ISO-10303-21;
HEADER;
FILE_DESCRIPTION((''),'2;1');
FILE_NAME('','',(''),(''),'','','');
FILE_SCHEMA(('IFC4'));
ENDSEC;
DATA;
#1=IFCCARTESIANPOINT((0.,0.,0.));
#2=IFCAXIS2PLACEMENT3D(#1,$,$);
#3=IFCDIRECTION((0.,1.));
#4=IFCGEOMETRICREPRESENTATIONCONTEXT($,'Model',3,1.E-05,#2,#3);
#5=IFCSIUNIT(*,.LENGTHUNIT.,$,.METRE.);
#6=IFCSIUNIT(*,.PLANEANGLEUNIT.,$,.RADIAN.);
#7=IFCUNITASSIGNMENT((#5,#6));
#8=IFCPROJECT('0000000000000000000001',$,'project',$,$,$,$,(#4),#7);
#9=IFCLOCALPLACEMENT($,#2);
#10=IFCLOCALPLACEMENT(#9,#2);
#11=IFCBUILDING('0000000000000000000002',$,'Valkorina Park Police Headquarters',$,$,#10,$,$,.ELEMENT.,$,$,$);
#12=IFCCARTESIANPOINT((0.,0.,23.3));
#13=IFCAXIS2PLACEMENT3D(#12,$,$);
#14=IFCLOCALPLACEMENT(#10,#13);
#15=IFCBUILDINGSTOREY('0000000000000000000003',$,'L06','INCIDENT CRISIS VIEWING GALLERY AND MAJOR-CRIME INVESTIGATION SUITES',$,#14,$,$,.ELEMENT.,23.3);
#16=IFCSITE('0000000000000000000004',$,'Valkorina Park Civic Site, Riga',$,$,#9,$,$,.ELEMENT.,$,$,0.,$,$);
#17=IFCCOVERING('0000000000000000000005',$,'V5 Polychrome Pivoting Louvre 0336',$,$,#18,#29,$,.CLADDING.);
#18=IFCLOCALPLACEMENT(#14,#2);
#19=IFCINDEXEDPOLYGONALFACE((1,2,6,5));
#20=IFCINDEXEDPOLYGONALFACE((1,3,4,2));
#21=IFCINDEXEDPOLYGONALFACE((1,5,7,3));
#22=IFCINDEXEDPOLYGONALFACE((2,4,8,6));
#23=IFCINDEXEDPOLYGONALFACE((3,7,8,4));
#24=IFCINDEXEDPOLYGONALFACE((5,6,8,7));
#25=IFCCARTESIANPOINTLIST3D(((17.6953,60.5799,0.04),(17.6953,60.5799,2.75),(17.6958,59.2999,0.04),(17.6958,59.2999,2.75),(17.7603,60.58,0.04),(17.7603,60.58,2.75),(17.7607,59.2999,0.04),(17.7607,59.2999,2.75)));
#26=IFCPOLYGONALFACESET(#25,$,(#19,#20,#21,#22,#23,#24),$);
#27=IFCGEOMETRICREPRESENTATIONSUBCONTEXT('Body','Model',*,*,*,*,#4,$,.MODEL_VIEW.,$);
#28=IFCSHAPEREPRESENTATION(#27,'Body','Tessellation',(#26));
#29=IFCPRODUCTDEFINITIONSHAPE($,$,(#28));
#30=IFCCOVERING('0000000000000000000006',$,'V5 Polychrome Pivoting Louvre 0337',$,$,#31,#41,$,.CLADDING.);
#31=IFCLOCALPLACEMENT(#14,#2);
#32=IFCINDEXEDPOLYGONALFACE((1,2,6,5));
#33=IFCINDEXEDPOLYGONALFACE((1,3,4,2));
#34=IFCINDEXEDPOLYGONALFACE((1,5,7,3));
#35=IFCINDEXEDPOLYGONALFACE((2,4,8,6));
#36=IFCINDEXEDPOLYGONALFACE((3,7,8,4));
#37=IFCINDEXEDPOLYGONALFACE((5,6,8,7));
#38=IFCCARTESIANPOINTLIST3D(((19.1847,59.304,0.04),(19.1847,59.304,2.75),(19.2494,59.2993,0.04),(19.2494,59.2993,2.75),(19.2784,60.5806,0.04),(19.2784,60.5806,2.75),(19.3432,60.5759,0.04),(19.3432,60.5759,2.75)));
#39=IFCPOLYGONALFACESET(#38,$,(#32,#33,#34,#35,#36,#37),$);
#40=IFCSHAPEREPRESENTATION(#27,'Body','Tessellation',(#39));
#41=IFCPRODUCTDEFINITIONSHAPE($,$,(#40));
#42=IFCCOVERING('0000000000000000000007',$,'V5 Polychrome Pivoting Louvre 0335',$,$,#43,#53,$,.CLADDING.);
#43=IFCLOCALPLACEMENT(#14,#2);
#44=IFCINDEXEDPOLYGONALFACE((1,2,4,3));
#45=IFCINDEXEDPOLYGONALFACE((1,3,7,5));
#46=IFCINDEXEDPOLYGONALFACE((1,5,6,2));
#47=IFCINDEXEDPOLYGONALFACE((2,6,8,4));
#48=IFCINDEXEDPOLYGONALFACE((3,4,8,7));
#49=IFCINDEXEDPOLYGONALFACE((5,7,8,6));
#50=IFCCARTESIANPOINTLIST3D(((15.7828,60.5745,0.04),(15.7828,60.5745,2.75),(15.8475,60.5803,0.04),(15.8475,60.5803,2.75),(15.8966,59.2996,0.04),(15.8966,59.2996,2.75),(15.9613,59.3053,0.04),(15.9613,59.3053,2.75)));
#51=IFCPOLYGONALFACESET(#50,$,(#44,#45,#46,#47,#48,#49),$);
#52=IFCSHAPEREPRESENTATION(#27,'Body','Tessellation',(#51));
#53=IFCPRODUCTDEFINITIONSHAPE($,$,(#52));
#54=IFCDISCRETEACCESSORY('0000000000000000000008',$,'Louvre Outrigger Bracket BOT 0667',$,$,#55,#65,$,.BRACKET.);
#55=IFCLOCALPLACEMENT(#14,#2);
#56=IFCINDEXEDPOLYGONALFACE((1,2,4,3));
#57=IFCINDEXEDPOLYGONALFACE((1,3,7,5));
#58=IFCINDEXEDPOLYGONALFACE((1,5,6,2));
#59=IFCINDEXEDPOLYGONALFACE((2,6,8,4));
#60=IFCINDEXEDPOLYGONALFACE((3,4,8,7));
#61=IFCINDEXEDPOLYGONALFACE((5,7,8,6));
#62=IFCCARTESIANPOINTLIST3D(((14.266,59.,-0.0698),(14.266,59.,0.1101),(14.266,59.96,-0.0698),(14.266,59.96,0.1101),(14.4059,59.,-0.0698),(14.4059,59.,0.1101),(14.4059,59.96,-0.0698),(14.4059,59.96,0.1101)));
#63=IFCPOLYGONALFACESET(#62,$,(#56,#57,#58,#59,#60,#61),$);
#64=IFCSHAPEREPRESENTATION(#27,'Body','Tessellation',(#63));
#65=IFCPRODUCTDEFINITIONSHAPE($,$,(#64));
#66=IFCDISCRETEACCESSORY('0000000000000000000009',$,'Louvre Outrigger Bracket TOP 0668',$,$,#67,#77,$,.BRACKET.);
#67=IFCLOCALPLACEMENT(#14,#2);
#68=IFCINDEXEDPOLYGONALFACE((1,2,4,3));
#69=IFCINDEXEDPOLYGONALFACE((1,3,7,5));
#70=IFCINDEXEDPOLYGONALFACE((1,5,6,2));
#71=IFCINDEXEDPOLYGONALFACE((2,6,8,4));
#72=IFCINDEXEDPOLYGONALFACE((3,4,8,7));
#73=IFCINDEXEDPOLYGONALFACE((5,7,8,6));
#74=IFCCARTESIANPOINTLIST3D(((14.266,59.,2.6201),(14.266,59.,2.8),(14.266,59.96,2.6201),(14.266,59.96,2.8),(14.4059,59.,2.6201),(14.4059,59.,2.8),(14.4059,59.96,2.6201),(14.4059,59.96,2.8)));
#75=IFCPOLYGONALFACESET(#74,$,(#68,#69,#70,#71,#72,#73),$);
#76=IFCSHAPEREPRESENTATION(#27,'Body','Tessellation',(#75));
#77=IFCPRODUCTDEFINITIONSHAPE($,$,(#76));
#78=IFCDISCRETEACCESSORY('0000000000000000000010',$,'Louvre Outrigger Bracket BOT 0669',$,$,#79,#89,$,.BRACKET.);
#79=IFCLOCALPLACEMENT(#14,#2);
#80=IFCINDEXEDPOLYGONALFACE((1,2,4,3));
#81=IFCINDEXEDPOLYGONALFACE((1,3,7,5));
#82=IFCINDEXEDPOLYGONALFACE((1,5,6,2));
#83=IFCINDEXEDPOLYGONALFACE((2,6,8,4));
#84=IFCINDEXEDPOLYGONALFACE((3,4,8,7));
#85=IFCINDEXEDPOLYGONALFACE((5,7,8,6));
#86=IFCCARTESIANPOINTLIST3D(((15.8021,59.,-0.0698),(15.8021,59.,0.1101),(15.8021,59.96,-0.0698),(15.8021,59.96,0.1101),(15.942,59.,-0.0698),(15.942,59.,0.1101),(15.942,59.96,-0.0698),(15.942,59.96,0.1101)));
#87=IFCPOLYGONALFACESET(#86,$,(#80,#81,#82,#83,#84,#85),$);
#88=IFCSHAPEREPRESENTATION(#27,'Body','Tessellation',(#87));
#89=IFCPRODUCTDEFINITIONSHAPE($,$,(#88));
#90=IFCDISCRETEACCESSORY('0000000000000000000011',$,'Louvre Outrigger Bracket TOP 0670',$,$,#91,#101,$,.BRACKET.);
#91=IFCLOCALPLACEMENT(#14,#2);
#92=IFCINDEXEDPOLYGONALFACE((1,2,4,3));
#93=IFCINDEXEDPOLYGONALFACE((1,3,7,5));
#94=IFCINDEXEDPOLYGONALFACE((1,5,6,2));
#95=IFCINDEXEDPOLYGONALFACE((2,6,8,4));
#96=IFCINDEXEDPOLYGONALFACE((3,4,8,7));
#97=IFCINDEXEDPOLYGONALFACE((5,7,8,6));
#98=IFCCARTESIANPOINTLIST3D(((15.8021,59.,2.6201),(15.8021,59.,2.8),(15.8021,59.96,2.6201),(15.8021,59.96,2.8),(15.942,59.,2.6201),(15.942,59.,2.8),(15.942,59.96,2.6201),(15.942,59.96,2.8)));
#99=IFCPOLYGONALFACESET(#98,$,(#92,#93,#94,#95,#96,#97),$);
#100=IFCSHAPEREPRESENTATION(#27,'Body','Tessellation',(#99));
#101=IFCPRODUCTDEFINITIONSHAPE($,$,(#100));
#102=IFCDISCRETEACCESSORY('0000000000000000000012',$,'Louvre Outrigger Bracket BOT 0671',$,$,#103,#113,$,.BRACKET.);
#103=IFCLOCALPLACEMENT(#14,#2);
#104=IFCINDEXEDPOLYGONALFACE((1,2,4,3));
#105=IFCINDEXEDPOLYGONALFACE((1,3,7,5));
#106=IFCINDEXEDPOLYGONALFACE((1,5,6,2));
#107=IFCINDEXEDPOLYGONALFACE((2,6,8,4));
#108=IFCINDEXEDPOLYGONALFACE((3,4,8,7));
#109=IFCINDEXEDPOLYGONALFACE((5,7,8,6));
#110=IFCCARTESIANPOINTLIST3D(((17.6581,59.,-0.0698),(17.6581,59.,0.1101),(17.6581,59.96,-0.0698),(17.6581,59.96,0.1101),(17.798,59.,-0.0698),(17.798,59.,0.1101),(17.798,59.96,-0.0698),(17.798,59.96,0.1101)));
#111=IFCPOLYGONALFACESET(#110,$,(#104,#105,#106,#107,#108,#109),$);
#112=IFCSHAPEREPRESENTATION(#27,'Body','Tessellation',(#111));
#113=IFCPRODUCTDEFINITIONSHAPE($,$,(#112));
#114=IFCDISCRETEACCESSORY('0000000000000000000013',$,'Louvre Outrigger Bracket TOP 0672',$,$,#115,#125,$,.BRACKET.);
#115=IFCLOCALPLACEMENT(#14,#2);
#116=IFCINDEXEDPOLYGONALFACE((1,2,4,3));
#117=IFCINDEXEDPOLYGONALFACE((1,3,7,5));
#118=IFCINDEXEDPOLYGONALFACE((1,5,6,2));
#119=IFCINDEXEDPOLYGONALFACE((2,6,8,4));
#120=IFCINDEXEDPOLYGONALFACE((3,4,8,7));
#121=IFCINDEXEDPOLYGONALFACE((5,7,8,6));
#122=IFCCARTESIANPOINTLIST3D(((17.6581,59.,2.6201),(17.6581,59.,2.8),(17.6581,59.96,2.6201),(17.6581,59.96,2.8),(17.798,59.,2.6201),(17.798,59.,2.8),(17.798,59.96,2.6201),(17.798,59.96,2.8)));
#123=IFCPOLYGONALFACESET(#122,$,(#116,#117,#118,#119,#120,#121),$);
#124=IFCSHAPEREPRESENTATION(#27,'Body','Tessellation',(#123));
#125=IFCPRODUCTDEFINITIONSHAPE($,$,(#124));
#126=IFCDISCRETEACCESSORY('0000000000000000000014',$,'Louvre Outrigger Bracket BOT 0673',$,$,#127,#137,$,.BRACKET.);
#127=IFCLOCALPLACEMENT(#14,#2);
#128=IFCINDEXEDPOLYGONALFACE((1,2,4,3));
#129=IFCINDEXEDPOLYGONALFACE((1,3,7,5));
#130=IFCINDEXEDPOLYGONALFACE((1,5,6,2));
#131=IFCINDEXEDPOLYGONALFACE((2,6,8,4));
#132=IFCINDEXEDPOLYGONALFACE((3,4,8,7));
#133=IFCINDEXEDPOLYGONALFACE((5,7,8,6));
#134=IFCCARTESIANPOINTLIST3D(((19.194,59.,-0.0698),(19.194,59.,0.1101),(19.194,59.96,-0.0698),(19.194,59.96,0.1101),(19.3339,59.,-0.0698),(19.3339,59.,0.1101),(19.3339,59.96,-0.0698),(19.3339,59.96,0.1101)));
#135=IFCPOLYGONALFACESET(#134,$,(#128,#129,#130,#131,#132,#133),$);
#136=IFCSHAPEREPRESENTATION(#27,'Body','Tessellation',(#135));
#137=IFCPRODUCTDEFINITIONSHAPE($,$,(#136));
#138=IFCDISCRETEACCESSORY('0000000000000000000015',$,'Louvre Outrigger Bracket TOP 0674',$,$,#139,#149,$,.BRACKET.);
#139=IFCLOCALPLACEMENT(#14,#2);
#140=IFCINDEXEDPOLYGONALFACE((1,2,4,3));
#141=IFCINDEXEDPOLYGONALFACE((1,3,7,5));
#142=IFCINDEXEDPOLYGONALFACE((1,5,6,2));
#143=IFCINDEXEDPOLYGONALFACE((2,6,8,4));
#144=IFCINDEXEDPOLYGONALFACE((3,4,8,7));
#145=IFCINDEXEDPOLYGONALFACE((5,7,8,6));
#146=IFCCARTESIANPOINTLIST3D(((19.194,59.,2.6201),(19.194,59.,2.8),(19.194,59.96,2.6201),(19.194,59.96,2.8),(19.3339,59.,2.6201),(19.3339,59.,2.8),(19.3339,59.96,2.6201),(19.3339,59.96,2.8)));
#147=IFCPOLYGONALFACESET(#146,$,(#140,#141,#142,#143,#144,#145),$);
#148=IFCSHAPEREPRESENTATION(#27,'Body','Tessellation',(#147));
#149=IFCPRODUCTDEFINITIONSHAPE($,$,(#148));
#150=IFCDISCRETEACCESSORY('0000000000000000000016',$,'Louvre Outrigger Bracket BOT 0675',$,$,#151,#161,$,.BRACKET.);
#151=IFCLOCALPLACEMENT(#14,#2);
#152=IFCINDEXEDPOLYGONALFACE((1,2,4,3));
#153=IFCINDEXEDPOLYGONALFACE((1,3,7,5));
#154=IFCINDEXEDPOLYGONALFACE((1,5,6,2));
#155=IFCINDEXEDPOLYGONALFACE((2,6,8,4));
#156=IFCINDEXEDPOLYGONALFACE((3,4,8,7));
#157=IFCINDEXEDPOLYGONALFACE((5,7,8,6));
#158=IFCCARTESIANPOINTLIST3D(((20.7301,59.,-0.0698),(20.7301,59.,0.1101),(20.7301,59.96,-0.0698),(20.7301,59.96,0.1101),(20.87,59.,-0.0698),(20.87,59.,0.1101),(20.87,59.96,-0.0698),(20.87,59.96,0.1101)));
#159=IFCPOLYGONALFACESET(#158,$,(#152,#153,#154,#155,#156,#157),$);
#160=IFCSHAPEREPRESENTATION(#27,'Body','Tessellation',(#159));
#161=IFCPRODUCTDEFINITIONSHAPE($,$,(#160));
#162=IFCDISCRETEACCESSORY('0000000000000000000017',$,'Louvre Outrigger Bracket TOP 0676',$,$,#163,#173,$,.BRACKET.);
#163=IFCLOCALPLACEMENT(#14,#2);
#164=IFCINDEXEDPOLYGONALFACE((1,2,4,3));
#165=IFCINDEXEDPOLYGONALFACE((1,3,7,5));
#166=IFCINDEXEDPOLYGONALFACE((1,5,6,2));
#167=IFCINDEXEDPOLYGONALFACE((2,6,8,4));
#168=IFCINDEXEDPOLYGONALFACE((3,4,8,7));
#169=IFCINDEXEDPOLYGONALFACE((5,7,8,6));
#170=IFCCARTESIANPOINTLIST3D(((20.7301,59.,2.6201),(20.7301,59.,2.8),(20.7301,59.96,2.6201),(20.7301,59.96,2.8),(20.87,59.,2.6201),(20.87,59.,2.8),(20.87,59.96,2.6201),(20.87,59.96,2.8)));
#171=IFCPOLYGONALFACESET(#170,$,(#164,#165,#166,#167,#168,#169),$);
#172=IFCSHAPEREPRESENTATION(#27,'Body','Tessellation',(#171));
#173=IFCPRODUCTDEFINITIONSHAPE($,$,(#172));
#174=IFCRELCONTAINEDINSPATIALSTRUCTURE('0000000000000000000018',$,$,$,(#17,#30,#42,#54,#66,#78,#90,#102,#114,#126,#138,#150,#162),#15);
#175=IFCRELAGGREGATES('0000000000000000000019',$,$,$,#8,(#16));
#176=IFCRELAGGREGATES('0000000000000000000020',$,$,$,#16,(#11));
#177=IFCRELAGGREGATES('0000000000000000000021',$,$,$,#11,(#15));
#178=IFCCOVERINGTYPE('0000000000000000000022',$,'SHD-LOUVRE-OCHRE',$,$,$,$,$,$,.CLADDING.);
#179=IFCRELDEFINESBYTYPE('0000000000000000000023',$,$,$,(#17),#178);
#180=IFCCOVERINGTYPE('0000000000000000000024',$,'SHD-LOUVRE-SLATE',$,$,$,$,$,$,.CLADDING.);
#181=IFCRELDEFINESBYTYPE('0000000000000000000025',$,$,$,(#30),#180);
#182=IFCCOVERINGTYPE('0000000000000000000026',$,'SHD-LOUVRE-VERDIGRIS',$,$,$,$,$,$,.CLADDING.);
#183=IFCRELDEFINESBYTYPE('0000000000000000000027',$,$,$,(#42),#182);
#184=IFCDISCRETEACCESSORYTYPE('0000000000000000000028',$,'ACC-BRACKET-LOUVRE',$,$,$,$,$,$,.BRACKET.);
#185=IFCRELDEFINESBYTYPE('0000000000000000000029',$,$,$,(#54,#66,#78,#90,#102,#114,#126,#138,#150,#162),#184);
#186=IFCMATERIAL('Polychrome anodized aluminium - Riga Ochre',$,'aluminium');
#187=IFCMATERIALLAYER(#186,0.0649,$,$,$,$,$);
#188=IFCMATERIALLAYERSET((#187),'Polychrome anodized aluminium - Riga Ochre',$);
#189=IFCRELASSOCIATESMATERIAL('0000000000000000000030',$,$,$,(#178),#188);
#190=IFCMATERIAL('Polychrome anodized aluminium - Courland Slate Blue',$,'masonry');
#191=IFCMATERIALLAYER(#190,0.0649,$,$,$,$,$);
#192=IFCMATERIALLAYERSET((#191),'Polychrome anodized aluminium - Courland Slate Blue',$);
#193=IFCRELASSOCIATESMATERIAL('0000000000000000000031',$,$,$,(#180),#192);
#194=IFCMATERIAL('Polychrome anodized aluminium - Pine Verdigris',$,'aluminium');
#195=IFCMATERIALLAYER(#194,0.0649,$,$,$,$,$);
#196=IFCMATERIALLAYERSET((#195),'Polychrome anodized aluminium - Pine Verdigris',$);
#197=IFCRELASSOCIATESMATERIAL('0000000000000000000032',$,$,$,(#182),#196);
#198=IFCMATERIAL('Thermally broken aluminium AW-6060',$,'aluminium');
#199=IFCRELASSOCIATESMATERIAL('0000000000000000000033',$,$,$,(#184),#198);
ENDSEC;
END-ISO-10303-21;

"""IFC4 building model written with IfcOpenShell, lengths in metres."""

from ifc_helpers import new_model, si_unit, direction, frame, origin, origin_2d, place, context, subcontext, project, spatial, rectangle, extrude, material, layer, layer_set, type_object, element, save


model = new_model("IFC4")

# Units and contexts
model_context = context("Model", 3, precision=1e-05, world=origin(), true_north=direction((0.0, 1.0)))
body_context = subcontext(model_context, "Body", "Model", "MODEL_VIEW")
ifc_project = project(units=[si_unit("LENGTHUNIT", "METRE"), si_unit("PLANEANGLEUNIT", "RADIAN")], contexts=[model_context])

# Site, building, storey
site_placement = place(None, origin())
site = spatial("IfcSite", under=ifc_project, at=site_placement, Name="Valkorina Park Civic Site, Riga", CompositionType="ELEMENT", RefElevation=0.0)
building_placement = place(site_placement, origin())
building = spatial("IfcBuilding", under=site, at=building_placement, Name="Valkorina Park Police Headquarters", CompositionType="ELEMENT")
storey_placement = place(building_placement, frame((0.0, 0.0, 23.3)))
storey = spatial("IfcBuildingStorey", under=building, at=storey_placement, Name="L06", Description="INCIDENT CRISIS VIEWING GALLERY AND MAJOR-CRIME INVESTIGATION SUITES", CompositionType="ELEMENT", Elevation=23.3)

# Shared definitions
ifc_material_1 = material(Name="Thermally broken aluminium AW-6060", Category="aluminium")

# Coverings
ifc_material_2 = material(Name="Polychrome anodized aluminium - Riga Ochre", Category="aluminium")
ifc_layer_1 = layer(ifc_material_2, 0.0649)
ifc_layer_set_1 = layer_set([ifc_layer_1], Name="Polychrome anodized aluminium - Riga Ochre")
covering_type_1 = type_object("IfcCoveringType", Name="SHD-LOUVRE-OCHRE", PredefinedType="CLADDING", material=ifc_layer_set_1)
covering_1_placement = place(storey_placement, frame((17.728, 59.9399, 0.04), z_axis=(0.0, 0.0, 1.0), x_axis=(-0.000349, 1.0, 0.0)))
element("IfcCovering", 1, at=covering_1_placement, inside=storey, type_object=covering_type_1, Name="V5 Polychrome Pivoting Louvre 0336", PredefinedType="CLADDING", context=body_context, shape_type="SweptSolid", body=[
    extrude(rectangle(XDim=1.28, YDim=0.0649, at=origin_2d()), origin(), (0.0, 0.0, 1.0), 2.71),
])
ifc_material_3 = material(Name="Polychrome anodized aluminium - Courland Slate Blue", Category="masonry")
ifc_layer_2 = layer(ifc_material_3, 0.0649)
ifc_layer_set_2 = layer_set([ifc_layer_2], Name="Polychrome anodized aluminium - Courland Slate Blue")
covering_type_2 = type_object("IfcCoveringType", Name="SHD-LOUVRE-SLATE", PredefinedType="CLADDING", material=ifc_layer_set_2)
covering_2_placement = place(storey_placement, frame((19.2639, 59.9399, 0.04), z_axis=(0.0, 0.0, 1.0), x_axis=(0.073238, 0.997314, 0.0)))
element("IfcCovering", 2, at=covering_2_placement, inside=storey, type_object=covering_type_2, Name="V5 Polychrome Pivoting Louvre 0337", PredefinedType="CLADDING", context=body_context, shape_type="SweptSolid", body=[
    extrude(rectangle(XDim=1.28, YDim=0.0649, at=origin_2d()), origin(), (0.0, 0.0, 1.0), 2.71),
])
ifc_material_4 = material(Name="Polychrome anodized aluminium - Pine Verdigris", Category="aluminium")
ifc_layer_3 = layer(ifc_material_4, 0.0649)
ifc_layer_set_3 = layer_set([ifc_layer_3], Name="Polychrome anodized aluminium - Pine Verdigris")
covering_type_3 = type_object("IfcCoveringType", Name="SHD-LOUVRE-VERDIGRIS", PredefinedType="CLADDING", material=ifc_layer_set_3)
covering_3_placement = place(storey_placement, frame((15.8721, 59.9399, 0.04), z_axis=(0.0, 0.0, 1.0), x_axis=(-0.088894, 0.996041, 0.0)))
element("IfcCovering", 3, at=covering_3_placement, inside=storey, type_object=covering_type_3, Name="V5 Polychrome Pivoting Louvre 0335", PredefinedType="CLADDING", context=body_context, shape_type="SweptSolid", body=[
    extrude(rectangle(XDim=1.28, YDim=0.0649, at=origin_2d()), origin(), (0.0, 0.0, 1.0), 2.71),
])

# Discrete accessories
discrete_accessory_type = type_object("IfcDiscreteAccessoryType", Name="ACC-BRACKET-LOUVRE", PredefinedType="BRACKET", material=ifc_material_1)
for number, where, z_axis, x_axis, name in (
    (4, (14.3359, 59.48, -0.0698), (0.0, 0.0, 1.0), (0.0, 1.0, 0.0), "Louvre Outrigger Bracket BOT 0667"),
    (5, (14.3359, 59.48, 2.6201), (0.0, 0.0, 1.0), (0.0, 1.0, 0.0), "Louvre Outrigger Bracket TOP 0668"),
    (6, (15.8721, 59.48, -0.0698), (0.0, 0.0, 1.0), (0.0, 1.0, 0.0), "Louvre Outrigger Bracket BOT 0669"),
    (7, (15.8721, 59.48, 2.6201), (0.0, 0.0, 1.0), (0.0, 1.0, 0.0), "Louvre Outrigger Bracket TOP 0670"),
    (8, (17.728, 59.48, -0.0698), (0.0, 0.0, 1.0), (0.0, 1.0, 0.0), "Louvre Outrigger Bracket BOT 0671"),
    (9, (17.728, 59.48, 2.6201), (0.0, 0.0, 1.0), (0.0, 1.0, 0.0), "Louvre Outrigger Bracket TOP 0672"),
    (10, (19.2639, 59.48, -0.0698), (0.0, 0.0, 1.0), (0.0, 1.0, 0.0), "Louvre Outrigger Bracket BOT 0673"),
    (11, (19.2639, 59.48, 2.6201), (0.0, 0.0, 1.0), (0.0, 1.0, 0.0), "Louvre Outrigger Bracket TOP 0674"),
    (12, (20.8, 59.48, -0.0698), (0.0, 0.0, 1.0), (0.0, 1.0, 0.0), "Louvre Outrigger Bracket BOT 0675"),
    (13, (20.8, 59.48, 2.6201), (0.0, 0.0, 1.0), (0.0, 1.0, 0.0), "Louvre Outrigger Bracket TOP 0676"),
):
    element("IfcDiscreteAccessory", number, at=place(storey_placement, frame(where, z_axis=z_axis, x_axis=x_axis)), inside=storey, type_object=discrete_accessory_type, Name=name, PredefinedType="BRACKET", context=body_context, shape_type="SweptSolid", body=[
        extrude(rectangle(XDim=0.96, YDim=0.1399, at=origin_2d()), origin(), (0.0, 0.0, 1.0), 0.1799),
    ])

save(model, "model.ifc")
